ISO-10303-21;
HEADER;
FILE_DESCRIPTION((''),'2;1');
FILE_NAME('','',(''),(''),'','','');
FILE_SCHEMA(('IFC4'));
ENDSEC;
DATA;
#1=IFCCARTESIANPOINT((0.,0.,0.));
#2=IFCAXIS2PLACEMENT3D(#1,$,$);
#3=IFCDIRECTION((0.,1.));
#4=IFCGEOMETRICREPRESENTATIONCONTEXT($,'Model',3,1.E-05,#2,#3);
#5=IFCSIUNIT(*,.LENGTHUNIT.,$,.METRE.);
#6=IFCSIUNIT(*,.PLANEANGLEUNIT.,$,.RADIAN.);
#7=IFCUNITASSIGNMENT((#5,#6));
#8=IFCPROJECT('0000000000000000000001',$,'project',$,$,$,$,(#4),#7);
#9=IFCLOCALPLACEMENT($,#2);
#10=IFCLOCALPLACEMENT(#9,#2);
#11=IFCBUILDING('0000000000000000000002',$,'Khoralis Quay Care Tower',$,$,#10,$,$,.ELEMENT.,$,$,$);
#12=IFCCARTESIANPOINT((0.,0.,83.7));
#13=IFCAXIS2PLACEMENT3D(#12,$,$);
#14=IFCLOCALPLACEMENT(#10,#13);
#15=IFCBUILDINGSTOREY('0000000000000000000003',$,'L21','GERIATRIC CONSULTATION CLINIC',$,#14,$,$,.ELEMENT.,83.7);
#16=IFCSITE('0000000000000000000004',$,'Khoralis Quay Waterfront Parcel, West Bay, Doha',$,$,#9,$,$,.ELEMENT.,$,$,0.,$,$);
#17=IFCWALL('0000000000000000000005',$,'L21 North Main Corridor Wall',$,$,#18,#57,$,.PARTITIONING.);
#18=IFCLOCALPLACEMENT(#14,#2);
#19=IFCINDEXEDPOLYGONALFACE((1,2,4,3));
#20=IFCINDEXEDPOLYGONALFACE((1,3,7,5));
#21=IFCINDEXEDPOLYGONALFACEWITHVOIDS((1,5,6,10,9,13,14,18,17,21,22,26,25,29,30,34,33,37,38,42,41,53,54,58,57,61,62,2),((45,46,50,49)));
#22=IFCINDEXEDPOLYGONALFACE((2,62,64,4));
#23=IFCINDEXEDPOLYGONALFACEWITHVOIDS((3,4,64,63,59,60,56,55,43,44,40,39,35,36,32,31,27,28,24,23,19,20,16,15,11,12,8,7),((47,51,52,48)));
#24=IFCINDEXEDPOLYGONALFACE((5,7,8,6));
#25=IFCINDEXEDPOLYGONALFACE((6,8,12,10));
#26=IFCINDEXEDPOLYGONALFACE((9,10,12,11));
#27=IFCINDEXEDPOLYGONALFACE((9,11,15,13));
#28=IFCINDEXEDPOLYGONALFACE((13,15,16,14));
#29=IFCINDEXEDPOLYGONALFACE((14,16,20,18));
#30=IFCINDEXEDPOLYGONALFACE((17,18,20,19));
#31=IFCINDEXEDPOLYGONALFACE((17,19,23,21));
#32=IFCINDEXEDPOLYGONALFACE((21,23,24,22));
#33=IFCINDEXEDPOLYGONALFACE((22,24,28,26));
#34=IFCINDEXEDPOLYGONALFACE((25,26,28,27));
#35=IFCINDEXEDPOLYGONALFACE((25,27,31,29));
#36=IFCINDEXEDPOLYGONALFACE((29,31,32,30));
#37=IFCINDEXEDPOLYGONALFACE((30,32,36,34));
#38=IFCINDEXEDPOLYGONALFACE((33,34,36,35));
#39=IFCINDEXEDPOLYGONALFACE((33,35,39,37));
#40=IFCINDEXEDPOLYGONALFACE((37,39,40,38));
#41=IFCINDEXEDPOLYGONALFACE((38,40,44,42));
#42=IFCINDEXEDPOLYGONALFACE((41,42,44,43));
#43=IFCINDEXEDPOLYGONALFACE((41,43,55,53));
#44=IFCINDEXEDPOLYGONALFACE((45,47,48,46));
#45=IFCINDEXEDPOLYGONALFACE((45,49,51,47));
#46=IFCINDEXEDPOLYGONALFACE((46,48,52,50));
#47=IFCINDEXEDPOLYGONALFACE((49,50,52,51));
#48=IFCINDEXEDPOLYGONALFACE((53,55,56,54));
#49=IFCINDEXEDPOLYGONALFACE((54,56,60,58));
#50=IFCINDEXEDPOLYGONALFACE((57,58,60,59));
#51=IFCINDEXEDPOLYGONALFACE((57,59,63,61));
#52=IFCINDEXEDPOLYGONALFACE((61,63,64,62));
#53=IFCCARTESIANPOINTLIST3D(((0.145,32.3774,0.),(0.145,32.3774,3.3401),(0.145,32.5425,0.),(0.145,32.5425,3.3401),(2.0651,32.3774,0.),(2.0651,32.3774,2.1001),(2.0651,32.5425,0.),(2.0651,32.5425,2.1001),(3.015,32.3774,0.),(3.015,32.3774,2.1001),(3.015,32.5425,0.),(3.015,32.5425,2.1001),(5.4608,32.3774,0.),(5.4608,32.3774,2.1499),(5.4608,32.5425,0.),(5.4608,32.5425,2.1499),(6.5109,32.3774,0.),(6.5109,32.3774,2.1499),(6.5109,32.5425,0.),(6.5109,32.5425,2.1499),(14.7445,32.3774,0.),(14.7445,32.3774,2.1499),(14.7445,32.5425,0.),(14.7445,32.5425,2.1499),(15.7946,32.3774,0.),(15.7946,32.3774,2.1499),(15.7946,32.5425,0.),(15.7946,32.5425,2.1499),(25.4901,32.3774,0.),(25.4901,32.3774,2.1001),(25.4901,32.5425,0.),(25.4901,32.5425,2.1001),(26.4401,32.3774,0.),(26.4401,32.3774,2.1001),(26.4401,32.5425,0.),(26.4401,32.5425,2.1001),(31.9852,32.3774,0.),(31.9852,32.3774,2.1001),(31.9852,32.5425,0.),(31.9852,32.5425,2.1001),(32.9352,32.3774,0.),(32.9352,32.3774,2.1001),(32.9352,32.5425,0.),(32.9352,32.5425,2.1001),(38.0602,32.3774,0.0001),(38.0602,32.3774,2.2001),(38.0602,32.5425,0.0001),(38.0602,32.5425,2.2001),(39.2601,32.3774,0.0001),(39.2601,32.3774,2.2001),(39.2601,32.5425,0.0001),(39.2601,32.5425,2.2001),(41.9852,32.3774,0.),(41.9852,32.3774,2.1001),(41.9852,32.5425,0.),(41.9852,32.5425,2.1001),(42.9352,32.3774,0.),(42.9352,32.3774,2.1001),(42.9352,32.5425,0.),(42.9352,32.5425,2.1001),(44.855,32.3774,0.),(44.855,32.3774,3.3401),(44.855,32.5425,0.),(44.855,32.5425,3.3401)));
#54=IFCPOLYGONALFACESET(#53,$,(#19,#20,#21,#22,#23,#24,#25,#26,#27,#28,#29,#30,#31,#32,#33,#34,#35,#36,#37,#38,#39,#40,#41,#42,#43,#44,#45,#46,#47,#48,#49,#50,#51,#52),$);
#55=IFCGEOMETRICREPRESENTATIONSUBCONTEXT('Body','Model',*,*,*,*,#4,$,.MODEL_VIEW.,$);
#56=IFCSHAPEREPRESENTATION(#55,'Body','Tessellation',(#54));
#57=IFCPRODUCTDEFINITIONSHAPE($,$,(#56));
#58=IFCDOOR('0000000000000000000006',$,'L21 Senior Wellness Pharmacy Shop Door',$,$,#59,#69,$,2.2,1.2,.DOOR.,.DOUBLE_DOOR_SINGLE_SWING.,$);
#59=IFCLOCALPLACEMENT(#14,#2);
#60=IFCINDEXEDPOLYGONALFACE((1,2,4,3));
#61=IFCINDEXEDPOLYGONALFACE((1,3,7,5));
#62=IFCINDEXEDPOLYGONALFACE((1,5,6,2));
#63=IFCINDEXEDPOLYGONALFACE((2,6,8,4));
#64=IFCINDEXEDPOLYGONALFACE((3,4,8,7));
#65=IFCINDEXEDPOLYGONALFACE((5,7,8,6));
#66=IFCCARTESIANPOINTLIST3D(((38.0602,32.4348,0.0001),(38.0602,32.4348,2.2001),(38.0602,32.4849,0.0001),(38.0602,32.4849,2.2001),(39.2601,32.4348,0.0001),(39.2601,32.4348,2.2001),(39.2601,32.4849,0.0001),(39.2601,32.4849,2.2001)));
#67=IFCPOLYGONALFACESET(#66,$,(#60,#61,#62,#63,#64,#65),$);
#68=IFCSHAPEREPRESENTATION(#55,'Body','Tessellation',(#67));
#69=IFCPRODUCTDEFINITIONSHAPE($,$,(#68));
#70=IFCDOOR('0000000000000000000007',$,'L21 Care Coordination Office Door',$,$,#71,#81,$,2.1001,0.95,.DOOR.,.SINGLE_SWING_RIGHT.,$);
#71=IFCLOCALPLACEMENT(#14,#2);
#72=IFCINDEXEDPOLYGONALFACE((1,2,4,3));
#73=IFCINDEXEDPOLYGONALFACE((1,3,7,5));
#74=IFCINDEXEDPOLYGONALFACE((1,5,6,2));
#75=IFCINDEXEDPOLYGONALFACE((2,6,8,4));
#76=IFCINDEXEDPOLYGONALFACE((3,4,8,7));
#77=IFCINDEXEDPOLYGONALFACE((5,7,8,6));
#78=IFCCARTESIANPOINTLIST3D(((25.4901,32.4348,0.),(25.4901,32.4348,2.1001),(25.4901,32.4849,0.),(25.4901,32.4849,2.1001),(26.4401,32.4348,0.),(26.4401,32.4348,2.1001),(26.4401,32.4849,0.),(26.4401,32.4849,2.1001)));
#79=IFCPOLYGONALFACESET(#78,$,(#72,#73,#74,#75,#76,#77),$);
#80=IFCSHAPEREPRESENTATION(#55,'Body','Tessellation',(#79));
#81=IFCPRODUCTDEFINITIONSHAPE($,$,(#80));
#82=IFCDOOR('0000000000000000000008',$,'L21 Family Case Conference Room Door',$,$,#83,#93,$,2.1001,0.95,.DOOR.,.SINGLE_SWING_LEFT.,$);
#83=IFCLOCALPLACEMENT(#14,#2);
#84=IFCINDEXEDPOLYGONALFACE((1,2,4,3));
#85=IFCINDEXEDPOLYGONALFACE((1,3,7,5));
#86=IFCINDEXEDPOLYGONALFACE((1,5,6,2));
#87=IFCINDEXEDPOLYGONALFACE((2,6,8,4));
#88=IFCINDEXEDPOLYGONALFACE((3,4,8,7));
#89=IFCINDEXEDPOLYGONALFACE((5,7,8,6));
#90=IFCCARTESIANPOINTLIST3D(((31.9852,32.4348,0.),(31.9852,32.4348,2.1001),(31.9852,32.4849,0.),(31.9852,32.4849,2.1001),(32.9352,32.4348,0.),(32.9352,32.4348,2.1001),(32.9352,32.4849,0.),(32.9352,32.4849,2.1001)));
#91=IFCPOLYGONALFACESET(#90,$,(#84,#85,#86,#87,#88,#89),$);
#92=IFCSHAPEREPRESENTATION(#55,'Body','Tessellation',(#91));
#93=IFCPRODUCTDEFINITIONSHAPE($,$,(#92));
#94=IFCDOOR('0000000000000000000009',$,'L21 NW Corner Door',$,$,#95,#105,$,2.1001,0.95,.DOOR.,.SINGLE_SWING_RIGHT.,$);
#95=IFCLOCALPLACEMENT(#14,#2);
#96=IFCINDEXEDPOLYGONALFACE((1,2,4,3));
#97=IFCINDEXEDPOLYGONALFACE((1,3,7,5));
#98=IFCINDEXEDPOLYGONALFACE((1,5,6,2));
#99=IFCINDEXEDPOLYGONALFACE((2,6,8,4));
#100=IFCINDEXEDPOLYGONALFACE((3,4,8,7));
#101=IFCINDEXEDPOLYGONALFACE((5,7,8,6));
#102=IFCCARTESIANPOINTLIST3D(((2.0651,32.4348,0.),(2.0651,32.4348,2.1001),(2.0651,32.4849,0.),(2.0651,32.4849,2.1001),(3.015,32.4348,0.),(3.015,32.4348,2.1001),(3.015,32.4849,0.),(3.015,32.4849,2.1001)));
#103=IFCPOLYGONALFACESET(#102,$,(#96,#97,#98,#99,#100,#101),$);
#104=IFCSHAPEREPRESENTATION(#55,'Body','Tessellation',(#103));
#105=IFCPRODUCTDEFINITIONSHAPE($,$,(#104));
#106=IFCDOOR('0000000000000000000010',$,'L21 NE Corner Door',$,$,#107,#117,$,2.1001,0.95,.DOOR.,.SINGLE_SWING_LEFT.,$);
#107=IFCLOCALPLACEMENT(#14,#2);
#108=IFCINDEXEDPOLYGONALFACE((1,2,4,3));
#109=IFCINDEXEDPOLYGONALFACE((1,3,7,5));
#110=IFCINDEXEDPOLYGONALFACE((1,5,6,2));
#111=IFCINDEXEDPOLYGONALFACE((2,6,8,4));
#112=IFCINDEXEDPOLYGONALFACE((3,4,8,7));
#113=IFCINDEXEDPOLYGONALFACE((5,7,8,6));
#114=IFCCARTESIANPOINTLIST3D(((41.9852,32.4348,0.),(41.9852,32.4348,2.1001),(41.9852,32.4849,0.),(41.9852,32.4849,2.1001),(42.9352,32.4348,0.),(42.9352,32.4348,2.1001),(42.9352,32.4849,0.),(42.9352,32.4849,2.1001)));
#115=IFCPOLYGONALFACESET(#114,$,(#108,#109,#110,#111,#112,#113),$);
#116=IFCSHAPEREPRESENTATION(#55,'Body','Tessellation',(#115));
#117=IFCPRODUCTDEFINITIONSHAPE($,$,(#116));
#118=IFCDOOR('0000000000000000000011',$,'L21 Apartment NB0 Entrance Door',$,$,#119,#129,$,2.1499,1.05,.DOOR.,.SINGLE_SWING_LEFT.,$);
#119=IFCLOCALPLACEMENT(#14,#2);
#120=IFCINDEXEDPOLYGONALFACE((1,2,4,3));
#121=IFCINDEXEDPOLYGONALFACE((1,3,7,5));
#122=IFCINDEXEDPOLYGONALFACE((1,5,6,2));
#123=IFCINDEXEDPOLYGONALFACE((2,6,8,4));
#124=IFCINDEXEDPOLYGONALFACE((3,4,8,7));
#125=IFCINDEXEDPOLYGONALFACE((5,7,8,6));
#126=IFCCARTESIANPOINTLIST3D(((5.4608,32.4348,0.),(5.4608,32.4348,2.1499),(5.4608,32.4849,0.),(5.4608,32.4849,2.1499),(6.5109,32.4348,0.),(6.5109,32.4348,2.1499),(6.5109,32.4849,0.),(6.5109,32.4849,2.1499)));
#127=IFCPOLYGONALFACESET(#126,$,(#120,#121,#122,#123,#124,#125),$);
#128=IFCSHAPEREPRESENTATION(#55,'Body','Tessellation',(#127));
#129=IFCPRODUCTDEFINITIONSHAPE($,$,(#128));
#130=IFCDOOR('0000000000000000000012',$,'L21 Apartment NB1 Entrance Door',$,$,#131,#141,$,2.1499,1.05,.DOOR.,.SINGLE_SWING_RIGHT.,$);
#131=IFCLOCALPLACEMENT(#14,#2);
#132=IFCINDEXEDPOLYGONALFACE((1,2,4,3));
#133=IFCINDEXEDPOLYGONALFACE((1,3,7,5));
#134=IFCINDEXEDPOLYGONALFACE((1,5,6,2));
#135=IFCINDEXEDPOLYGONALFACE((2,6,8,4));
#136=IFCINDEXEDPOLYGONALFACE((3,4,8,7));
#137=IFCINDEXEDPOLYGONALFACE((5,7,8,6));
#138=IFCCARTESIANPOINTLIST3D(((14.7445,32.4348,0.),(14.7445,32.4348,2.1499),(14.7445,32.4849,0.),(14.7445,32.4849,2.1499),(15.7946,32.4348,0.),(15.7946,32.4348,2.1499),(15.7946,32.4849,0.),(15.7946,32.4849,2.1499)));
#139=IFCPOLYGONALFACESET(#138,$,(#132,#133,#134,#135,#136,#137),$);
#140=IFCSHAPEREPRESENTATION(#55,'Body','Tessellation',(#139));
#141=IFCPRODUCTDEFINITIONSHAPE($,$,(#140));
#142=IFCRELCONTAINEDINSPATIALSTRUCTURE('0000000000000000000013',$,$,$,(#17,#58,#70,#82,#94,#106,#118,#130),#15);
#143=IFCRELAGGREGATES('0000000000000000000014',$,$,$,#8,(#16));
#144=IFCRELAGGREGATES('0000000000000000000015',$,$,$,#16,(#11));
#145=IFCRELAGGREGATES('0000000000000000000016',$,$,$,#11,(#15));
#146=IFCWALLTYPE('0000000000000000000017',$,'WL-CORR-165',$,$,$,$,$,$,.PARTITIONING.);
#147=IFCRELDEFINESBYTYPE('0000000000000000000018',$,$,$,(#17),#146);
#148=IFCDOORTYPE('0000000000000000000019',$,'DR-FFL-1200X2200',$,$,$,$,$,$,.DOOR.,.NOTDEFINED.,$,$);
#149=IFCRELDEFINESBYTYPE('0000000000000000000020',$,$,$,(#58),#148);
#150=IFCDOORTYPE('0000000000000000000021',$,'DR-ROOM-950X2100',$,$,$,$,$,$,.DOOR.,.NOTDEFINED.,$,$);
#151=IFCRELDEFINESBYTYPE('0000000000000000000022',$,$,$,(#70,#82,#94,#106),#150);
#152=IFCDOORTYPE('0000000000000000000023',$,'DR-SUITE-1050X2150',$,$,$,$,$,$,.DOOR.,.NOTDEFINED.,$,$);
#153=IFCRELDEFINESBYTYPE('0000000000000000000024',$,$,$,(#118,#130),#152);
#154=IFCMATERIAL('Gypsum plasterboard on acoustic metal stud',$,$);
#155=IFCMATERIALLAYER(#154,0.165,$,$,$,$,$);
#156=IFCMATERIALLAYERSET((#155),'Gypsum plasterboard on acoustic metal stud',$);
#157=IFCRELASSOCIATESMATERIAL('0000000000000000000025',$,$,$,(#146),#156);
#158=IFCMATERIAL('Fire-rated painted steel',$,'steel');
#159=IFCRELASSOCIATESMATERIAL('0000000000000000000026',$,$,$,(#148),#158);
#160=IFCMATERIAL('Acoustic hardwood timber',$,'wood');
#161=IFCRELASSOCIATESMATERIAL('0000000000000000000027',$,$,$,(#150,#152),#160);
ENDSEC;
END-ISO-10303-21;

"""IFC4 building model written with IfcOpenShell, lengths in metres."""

from ifc_helpers import new_model, si_unit, direction, frame, frame_2d, origin, place, context, subcontext, project, spatial, rectangle, extrude, source, transform, mapped, material, layer, layer_set, type_object, element, fill, save


model = new_model("IFC4")

# Units and contexts
model_context = context("Model", 3, precision=1e-05, world=origin(), true_north=direction((0.0, 1.0)))
body_context = subcontext(model_context, "Body", "Model", "MODEL_VIEW")
ifc_project = project(units=[si_unit("LENGTHUNIT", "METRE"), si_unit("PLANEANGLEUNIT", "RADIAN")], contexts=[model_context])

# Site, building, storey
site_placement = place(None, origin())
site = spatial("IfcSite", under=ifc_project, at=site_placement, Name="Khoralis Quay Waterfront Parcel, West Bay, Doha", CompositionType="ELEMENT", RefElevation=0.0)
building_placement = place(site_placement, origin())
building = spatial("IfcBuilding", under=site, at=building_placement, Name="Khoralis Quay Care Tower", CompositionType="ELEMENT")
storey_placement = place(building_placement, frame((0.0, 0.0, 83.7)))
storey = spatial("IfcBuildingStorey", under=building, at=storey_placement, Name="L21", Description="GERIATRIC CONSULTATION CLINIC", CompositionType="ELEMENT", Elevation=83.7)

# Shared definitions
ifc_material_1 = material(Name="Gypsum plasterboard on acoustic metal stud")
ifc_layer_1 = layer(ifc_material_1, 0.165)
ifc_layer_set_1 = layer_set([ifc_layer_1], Name="Gypsum plasterboard on acoustic metal stud")
wall_type_1 = type_object("IfcWallType", Name="WL-CORR-165", PredefinedType="PARTITIONING", material=ifc_layer_set_1)
ifc_material_2 = material(Name="Fire-rated painted steel", Category="steel")
door_type_1 = type_object("IfcDoorType", Name="DR-FFL-1200X2200", OperationType="NOTDEFINED", PredefinedType="DOOR", material=ifc_material_2)
shared_shape_1 = source(origin(), body_context, "Body", "SweptSolid", [
    extrude(rectangle(XDim=1.2, YDim=2.2, at=frame_2d((0.6001, 1.1001))), frame((0.0, 0.0249, 0.0), z_axis=(0.0, -1.0, 0.0), x_axis=(1.0, 0.0, 0.0)), (0.0, 0.0, 1.0), 0.05),
])

# Wall, openings, doors
wall_1_placement = place(storey_placement, frame((0.145, 32.46, 0.0), z_axis=(0.0, 0.0, 1.0), x_axis=(1.0, 0.0, 0.0)))
wall_1 = element("IfcWall", 1, at=wall_1_placement, inside=storey, type_object=wall_type_1, Name="L21 North Main Corridor Wall", PredefinedType="PARTITIONING", context=body_context, shape_type="SweptSolid", body=[
    extrude(rectangle(XDim=44.71, YDim=0.165, at=frame_2d((22.355, 0.0))), origin(), (0.0, 0.0, 1.0), 3.3401),
])
opening_1_placement = place(wall_1_placement, frame((5.3159, 0.0, 0.0)))
opening_1 = element("IfcOpeningElement", 2, at=opening_1_placement, cuts=wall_1, PredefinedType="OPENING", context=body_context, shape_type="SweptSolid", body=[
    extrude(rectangle(XDim=1.05, YDim=2.1499, at=frame_2d((0.5249, 1.075))), frame((0.0, 0.0925, 0.0), z_axis=(0.0, -1.0, 0.0), x_axis=(1.0, 0.0, 0.0)), (0.0, 0.0, 1.0), 0.1851),
])
opening_2_placement = place(wall_1_placement, frame((14.5996, 0.0, 0.0)))
opening_2 = element("IfcOpeningElement", 3, at=opening_2_placement, cuts=wall_1, PredefinedType="OPENING", context=body_context, shape_type="SweptSolid", body=[
    extrude(rectangle(XDim=1.05, YDim=2.1499, at=frame_2d((0.5249, 1.075))), frame((0.0, 0.0925, 0.0), z_axis=(0.0, -1.0, 0.0), x_axis=(1.0, 0.0, 0.0)), (0.0, 0.0, 1.0), 0.1851),
])
opening_3_placement = place(wall_1_placement, frame((25.345, 0.0, 0.0)))
opening_3 = element("IfcOpeningElement", 4, at=opening_3_placement, cuts=wall_1, PredefinedType="OPENING", context=body_context, shape_type="SweptSolid", body=[
    extrude(rectangle(XDim=0.95, YDim=2.1001, at=frame_2d((0.4751, 1.05))), frame((0.0, 0.0925, 0.0), z_axis=(0.0, -1.0, 0.0), x_axis=(1.0, 0.0, 0.0)), (0.0, 0.0, 1.0), 0.1851),
])
opening_4_placement = place(wall_1_placement, frame((31.8401, 0.0, 0.0)))
opening_4 = element("IfcOpeningElement", 5, at=opening_4_placement, cuts=wall_1, PredefinedType="OPENING", context=body_context, shape_type="SweptSolid", body=[
    extrude(rectangle(XDim=0.95, YDim=2.1001, at=frame_2d((0.4751, 1.05))), frame((0.0, 0.0925, 0.0), z_axis=(0.0, -1.0, 0.0), x_axis=(1.0, 0.0, 0.0)), (0.0, 0.0, 1.0), 0.1851),
])
opening_5_placement = place(wall_1_placement, frame((37.915, 0.0, 0.0)))
opening_5 = element("IfcOpeningElement", 6, at=opening_5_placement, cuts=wall_1, PredefinedType="OPENING", context=body_context, shape_type="SweptSolid", body=[
    extrude(rectangle(XDim=1.2, YDim=2.2, at=frame_2d((0.6001, 1.1001))), frame((0.0, 0.0925, 0.0), z_axis=(0.0, -1.0, 0.0), x_axis=(1.0, 0.0, 0.0)), (0.0, 0.0, 1.0), 0.1851),
])
opening_6_placement = place(wall_1_placement, frame((1.9199, 0.0, 0.0)))
opening_6 = element("IfcOpeningElement", 7, at=opening_6_placement, cuts=wall_1, PredefinedType="OPENING", context=body_context, shape_type="SweptSolid", body=[
    extrude(rectangle(XDim=0.95, YDim=2.1001, at=frame_2d((0.4751, 1.05))), frame((0.0, 0.0925, 0.0), z_axis=(0.0, -1.0, 0.0), x_axis=(1.0, 0.0, 0.0)), (0.0, 0.0, 1.0), 0.1851),
])
opening_7_placement = place(wall_1_placement, frame((41.8401, 0.0, 0.0)))
opening_7 = element("IfcOpeningElement", 8, at=opening_7_placement, cuts=wall_1, PredefinedType="OPENING", context=body_context, shape_type="SweptSolid", body=[
    extrude(rectangle(XDim=0.95, YDim=2.1001, at=frame_2d((0.4751, 1.05))), frame((0.0, 0.0925, 0.0), z_axis=(0.0, -1.0, 0.0), x_axis=(1.0, 0.0, 0.0)), (0.0, 0.0, 1.0), 0.1851),
])
door_1_placement = place(opening_5_placement, origin())
door_1 = element("IfcDoor", 9, at=door_1_placement, inside=storey, type_object=door_type_1, Name="L21 Senior Wellness Pharmacy Shop Door", OperationType="DOUBLE_DOOR_SINGLE_SWING", OverallHeight=2.2, OverallWidth=1.2, PredefinedType="DOOR", context=body_context, shape_type="MappedRepresentation", body=[
    mapped(shared_shape_1, transform((0.0, 0.0, 0.0), scale=1.0)),
])
fill(opening_5, door_1)
ifc_material_3 = material(Name="Acoustic hardwood timber", Category="wood")
door_type_2 = type_object("IfcDoorType", Name="DR-ROOM-950X2100", OperationType="NOTDEFINED", PredefinedType="DOOR", material=ifc_material_3)
shared_shape_2 = source(origin(), body_context, "Body", "SweptSolid", [
    extrude(rectangle(XDim=0.95, YDim=2.1001, at=frame_2d((0.4751, 1.05))), frame((0.0, 0.0249, 0.0), z_axis=(0.0, -1.0, 0.0), x_axis=(1.0, 0.0, 0.0)), (0.0, 0.0, 1.0), 0.05),
])
door_2_placement = place(opening_3_placement, origin())
door_2 = element("IfcDoor", 10, at=door_2_placement, inside=storey, type_object=door_type_2, Name="L21 Care Coordination Office Door", OperationType="SINGLE_SWING_RIGHT", OverallHeight=2.1001, OverallWidth=0.95, PredefinedType="DOOR", context=body_context, shape_type="MappedRepresentation", body=[
    mapped(shared_shape_2, transform((0.0, 0.0, 0.0), scale=1.0)),
])
fill(opening_3, door_2)
door_3_placement = place(opening_4_placement, origin())
door_3 = element("IfcDoor", 11, at=door_3_placement, inside=storey, type_object=door_type_2, Name="L21 Family Case Conference Room Door", OperationType="SINGLE_SWING_LEFT", OverallHeight=2.1001, OverallWidth=0.95, PredefinedType="DOOR", context=body_context, shape_type="MappedRepresentation", body=[
    mapped(shared_shape_2, transform((0.0, 0.0, 0.0), scale=1.0)),
])
fill(opening_4, door_3)
door_4_placement = place(opening_6_placement, origin())
door_4 = element("IfcDoor", 12, at=door_4_placement, inside=storey, type_object=door_type_2, Name="L21 NW Corner Door", OperationType="SINGLE_SWING_RIGHT", OverallHeight=2.1001, OverallWidth=0.95, PredefinedType="DOOR", context=body_context, shape_type="MappedRepresentation", body=[
    mapped(shared_shape_2, transform((0.0, 0.0, 0.0), scale=1.0)),
])
fill(opening_6, door_4)
door_5_placement = place(opening_7_placement, origin())
door_5 = element("IfcDoor", 13, at=door_5_placement, inside=storey, type_object=door_type_2, Name="L21 NE Corner Door", OperationType="SINGLE_SWING_LEFT", OverallHeight=2.1001, OverallWidth=0.95, PredefinedType="DOOR", context=body_context, shape_type="MappedRepresentation", body=[
    mapped(shared_shape_2, transform((0.0, 0.0, 0.0), scale=1.0)),
])
fill(opening_7, door_5)
door_type_3 = type_object("IfcDoorType", Name="DR-SUITE-1050X2150", OperationType="NOTDEFINED", PredefinedType="DOOR", material=ifc_material_3)
shared_shape_3 = source(origin(), body_context, "Body", "SweptSolid", [
    extrude(rectangle(XDim=1.05, YDim=2.1499, at=frame_2d((0.5249, 1.075))), frame((0.0, 0.0249, 0.0), z_axis=(0.0, -1.0, 0.0), x_axis=(1.0, 0.0, 0.0)), (0.0, 0.0, 1.0), 0.05),
])
door_6_placement = place(opening_1_placement, origin())
door_6 = element("IfcDoor", 14, at=door_6_placement, inside=storey, type_object=door_type_3, Name="L21 Apartment NB0 Entrance Door", OperationType="SINGLE_SWING_LEFT", OverallHeight=2.1499, OverallWidth=1.05, PredefinedType="DOOR", context=body_context, shape_type="MappedRepresentation", body=[
    mapped(shared_shape_3, transform((0.0, 0.0, 0.0), scale=1.0)),
])
fill(opening_1, door_6)
door_7_placement = place(opening_2_placement, origin())
door_7 = element("IfcDoor", 15, at=door_7_placement, inside=storey, type_object=door_type_3, Name="L21 Apartment NB1 Entrance Door", OperationType="SINGLE_SWING_RIGHT", OverallHeight=2.1499, OverallWidth=1.05, PredefinedType="DOOR", context=body_context, shape_type="MappedRepresentation", body=[
    mapped(shared_shape_3, transform((0.0, 0.0, 0.0), scale=1.0)),
])
fill(opening_2, door_7)

save(model, "model.ifc")
